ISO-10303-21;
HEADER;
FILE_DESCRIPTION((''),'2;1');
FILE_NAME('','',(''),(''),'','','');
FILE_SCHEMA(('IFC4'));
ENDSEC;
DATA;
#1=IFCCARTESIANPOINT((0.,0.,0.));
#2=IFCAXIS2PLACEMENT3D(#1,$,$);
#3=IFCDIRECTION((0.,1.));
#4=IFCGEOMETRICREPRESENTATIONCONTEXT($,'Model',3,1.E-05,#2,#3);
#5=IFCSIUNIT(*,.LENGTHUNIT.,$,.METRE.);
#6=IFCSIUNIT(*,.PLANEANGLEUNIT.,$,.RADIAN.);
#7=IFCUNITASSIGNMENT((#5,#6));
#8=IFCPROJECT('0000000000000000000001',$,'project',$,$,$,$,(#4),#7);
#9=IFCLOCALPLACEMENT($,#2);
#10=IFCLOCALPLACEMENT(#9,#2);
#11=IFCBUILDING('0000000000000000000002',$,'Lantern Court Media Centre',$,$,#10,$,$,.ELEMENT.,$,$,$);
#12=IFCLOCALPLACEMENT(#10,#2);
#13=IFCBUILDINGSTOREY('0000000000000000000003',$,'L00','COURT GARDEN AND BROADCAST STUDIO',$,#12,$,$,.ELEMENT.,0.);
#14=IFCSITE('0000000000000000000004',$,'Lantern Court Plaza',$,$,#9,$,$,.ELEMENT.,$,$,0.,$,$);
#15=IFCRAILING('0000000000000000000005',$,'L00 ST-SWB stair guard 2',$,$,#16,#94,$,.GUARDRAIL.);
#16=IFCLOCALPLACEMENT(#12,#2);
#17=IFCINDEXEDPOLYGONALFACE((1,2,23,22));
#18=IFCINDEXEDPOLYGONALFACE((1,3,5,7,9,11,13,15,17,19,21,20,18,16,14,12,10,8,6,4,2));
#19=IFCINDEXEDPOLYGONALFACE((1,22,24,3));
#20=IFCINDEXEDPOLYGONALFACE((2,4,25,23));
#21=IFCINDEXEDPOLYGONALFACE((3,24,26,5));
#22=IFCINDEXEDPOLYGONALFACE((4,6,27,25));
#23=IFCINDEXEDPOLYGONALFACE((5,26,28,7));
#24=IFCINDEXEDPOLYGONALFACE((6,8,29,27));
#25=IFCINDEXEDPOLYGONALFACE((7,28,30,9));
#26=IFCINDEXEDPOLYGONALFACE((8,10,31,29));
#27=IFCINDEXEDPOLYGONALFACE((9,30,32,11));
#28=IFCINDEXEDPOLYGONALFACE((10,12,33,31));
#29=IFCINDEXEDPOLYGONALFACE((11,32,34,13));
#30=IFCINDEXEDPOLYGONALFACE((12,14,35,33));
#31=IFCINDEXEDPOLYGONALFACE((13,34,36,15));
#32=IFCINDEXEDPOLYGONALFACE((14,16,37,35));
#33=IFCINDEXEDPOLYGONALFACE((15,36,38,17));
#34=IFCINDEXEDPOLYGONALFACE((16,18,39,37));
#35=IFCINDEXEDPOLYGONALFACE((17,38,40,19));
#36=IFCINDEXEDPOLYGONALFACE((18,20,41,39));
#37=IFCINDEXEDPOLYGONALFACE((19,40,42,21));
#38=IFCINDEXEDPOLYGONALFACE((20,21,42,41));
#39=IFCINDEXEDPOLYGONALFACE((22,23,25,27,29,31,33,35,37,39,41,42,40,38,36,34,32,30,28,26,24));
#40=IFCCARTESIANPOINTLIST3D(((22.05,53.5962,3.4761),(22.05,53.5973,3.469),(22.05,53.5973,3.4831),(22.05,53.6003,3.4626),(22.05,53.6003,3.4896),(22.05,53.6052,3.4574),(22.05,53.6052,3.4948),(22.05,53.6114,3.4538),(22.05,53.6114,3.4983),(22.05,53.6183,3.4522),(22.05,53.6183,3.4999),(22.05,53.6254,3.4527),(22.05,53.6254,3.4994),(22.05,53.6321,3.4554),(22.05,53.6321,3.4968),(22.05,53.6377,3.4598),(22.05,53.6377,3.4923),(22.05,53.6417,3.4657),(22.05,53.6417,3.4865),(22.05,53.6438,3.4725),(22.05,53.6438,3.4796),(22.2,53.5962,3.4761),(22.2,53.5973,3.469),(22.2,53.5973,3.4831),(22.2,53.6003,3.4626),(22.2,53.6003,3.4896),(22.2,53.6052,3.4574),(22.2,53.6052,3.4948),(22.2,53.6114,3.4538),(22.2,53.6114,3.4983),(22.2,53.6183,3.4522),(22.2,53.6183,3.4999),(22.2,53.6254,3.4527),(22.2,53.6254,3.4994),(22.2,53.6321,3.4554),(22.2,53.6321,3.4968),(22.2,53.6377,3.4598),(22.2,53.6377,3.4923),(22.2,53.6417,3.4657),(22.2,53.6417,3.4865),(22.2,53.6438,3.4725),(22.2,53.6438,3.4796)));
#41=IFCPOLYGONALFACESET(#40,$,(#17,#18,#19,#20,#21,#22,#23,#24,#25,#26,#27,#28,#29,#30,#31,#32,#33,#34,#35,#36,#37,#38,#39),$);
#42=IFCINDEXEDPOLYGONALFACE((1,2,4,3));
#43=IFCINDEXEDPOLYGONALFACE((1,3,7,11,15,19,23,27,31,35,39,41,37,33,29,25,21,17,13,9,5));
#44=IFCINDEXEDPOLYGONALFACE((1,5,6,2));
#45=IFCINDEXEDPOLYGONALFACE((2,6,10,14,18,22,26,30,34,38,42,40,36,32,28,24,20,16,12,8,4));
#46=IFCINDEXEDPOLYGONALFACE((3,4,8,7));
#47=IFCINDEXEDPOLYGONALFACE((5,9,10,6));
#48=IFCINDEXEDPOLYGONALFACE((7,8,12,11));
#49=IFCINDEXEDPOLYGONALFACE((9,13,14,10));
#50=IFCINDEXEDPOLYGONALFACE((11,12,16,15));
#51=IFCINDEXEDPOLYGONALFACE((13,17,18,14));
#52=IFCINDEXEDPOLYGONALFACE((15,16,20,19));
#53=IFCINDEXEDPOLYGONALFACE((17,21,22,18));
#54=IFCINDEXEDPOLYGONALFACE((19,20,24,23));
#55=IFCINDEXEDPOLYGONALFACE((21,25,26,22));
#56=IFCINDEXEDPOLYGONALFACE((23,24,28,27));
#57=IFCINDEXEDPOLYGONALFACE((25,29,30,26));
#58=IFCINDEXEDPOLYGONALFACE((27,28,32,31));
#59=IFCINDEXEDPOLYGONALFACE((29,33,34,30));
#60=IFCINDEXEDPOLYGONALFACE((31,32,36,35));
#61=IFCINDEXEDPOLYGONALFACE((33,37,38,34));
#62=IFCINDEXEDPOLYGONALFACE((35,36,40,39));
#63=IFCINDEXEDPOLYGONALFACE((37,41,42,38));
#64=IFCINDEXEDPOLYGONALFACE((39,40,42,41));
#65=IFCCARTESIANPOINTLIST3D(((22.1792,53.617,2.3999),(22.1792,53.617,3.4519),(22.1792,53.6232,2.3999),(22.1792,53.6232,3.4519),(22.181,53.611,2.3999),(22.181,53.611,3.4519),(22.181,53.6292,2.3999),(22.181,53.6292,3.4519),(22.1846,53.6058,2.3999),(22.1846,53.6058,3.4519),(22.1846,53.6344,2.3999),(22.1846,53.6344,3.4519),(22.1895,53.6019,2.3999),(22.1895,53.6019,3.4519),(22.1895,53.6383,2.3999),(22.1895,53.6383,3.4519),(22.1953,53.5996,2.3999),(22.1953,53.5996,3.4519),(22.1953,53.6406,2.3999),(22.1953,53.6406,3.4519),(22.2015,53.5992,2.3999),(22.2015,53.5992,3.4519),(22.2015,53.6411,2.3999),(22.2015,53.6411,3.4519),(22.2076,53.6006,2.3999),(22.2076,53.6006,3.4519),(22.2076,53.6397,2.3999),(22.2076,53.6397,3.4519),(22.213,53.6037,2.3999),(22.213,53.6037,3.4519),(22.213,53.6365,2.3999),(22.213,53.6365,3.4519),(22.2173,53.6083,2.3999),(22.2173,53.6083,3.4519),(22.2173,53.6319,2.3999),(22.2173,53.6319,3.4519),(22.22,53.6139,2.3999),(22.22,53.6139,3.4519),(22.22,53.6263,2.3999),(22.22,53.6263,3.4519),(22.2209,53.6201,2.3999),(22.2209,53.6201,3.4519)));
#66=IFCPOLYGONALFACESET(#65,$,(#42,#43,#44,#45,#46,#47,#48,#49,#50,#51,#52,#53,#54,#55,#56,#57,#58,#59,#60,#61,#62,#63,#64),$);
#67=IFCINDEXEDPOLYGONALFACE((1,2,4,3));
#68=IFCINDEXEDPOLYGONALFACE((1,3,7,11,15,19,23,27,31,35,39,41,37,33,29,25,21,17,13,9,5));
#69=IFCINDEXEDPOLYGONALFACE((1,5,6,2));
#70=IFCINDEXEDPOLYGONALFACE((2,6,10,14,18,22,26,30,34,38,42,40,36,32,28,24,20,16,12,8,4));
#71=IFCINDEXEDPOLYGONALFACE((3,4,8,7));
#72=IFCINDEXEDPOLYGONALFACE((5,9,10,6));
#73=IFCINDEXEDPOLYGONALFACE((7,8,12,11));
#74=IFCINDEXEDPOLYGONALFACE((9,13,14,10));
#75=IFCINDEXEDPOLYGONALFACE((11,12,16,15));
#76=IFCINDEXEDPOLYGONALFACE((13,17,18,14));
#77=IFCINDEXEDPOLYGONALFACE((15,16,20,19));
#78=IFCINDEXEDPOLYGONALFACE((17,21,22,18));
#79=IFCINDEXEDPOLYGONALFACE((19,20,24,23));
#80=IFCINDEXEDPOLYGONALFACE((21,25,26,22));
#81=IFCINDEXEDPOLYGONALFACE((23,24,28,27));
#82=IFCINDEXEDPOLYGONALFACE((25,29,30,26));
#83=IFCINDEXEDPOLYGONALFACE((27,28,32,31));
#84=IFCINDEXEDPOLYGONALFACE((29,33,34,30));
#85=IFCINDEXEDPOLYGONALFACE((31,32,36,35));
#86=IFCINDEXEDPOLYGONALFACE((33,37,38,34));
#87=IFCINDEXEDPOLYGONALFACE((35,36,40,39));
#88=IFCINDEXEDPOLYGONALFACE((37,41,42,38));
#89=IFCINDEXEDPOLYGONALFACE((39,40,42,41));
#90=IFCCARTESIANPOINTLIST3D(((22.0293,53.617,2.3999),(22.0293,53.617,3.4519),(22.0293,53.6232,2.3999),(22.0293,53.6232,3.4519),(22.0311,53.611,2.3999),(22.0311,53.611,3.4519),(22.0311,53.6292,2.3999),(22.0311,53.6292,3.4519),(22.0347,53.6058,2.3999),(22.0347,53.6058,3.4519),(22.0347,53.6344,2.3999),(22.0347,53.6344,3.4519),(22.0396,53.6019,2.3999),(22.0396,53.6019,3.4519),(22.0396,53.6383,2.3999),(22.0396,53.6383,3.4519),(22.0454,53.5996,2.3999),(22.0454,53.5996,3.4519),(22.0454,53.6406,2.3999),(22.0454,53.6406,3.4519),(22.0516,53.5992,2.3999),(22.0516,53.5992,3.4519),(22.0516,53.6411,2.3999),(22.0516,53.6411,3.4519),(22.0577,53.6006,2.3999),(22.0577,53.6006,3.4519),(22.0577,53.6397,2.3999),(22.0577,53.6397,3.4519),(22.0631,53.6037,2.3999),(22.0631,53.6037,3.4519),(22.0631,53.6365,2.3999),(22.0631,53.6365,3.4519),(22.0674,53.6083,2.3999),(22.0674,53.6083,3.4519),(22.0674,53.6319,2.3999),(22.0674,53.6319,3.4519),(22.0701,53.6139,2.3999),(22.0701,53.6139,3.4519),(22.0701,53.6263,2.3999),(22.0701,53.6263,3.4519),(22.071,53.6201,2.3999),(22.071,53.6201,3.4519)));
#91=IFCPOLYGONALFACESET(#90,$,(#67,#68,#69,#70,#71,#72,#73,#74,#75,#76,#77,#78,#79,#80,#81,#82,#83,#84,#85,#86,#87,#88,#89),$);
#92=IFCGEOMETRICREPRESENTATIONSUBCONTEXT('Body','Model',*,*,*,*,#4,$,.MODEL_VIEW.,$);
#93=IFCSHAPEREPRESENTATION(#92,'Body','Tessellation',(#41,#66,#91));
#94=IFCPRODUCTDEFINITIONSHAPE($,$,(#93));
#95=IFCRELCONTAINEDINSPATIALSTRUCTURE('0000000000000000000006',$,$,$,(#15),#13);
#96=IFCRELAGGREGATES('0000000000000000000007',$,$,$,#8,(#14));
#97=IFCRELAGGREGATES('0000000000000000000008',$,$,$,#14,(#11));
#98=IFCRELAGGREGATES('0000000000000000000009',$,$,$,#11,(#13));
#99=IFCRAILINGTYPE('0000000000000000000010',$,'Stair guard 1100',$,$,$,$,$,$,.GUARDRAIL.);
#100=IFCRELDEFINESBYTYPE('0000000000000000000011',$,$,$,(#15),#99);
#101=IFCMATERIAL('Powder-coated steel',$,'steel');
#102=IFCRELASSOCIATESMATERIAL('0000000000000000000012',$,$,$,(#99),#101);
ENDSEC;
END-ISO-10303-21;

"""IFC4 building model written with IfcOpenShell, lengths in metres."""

from ifc_helpers import new_model, si_unit, direction, frame, origin, origin_2d, place, context, subcontext, project, spatial, circle, extrude, material, type_object, element, save


model = new_model("IFC4")

# Units and contexts
model_context = context("Model", 3, precision=1e-05, world=origin(), true_north=direction((0.0, 1.0)))
body_context = subcontext(model_context, "Body", "Model", "MODEL_VIEW")
ifc_project = project(units=[si_unit("LENGTHUNIT", "METRE"), si_unit("PLANEANGLEUNIT", "RADIAN")], contexts=[model_context])

# Site, building, storey
site_placement = place(None, origin())
site = spatial("IfcSite", under=ifc_project, at=site_placement, Name="Lantern Court Plaza", CompositionType="ELEMENT", RefElevation=0.0)
building_placement = place(site_placement, origin())
building = spatial("IfcBuilding", under=site, at=building_placement, Name="Lantern Court Media Centre", CompositionType="ELEMENT")
storey_placement = place(building_placement, origin())
storey = spatial("IfcBuildingStorey", under=building, at=storey_placement, Name="L00", Description="COURT GARDEN AND BROADCAST STUDIO", CompositionType="ELEMENT", Elevation=0.0)

# Railing
ifc_material_1 = material(Name="Powder-coated steel", Category="steel")
railing_type_1 = type_object("IfcRailingType", Name="Stair guard 1100", PredefinedType="GUARDRAIL", material=ifc_material_1)
railing_1_placement = place(storey_placement, frame((22.2, 53.6201, 2.3999)))
element("IfcRailing", 1, at=railing_1_placement, inside=storey, type_object=railing_type_1, Name="L00 ST-SWB stair guard 2", PredefinedType="GUARDRAIL", context=body_context, shape_type="SweptSolid", body=[
    extrude(circle(Radius=0.0239, at=origin_2d()), frame((0.0, 0.0, 1.0762), z_axis=(-1.0, 0.0, 0.0), x_axis=(0.0, -1.0, 0.0)), (0.0, 0.0, 1.0), 0.1499),
    extrude(circle(Radius=0.021, at=origin_2d()), origin(), (0.0, 0.0, 1.0), 1.052),
    extrude(circle(Radius=0.021, at=origin_2d()), frame((-0.1499, 0.0, 0.0)), (0.0, 0.0, 1.0), 1.052),
])

save(model, "model.ifc")
